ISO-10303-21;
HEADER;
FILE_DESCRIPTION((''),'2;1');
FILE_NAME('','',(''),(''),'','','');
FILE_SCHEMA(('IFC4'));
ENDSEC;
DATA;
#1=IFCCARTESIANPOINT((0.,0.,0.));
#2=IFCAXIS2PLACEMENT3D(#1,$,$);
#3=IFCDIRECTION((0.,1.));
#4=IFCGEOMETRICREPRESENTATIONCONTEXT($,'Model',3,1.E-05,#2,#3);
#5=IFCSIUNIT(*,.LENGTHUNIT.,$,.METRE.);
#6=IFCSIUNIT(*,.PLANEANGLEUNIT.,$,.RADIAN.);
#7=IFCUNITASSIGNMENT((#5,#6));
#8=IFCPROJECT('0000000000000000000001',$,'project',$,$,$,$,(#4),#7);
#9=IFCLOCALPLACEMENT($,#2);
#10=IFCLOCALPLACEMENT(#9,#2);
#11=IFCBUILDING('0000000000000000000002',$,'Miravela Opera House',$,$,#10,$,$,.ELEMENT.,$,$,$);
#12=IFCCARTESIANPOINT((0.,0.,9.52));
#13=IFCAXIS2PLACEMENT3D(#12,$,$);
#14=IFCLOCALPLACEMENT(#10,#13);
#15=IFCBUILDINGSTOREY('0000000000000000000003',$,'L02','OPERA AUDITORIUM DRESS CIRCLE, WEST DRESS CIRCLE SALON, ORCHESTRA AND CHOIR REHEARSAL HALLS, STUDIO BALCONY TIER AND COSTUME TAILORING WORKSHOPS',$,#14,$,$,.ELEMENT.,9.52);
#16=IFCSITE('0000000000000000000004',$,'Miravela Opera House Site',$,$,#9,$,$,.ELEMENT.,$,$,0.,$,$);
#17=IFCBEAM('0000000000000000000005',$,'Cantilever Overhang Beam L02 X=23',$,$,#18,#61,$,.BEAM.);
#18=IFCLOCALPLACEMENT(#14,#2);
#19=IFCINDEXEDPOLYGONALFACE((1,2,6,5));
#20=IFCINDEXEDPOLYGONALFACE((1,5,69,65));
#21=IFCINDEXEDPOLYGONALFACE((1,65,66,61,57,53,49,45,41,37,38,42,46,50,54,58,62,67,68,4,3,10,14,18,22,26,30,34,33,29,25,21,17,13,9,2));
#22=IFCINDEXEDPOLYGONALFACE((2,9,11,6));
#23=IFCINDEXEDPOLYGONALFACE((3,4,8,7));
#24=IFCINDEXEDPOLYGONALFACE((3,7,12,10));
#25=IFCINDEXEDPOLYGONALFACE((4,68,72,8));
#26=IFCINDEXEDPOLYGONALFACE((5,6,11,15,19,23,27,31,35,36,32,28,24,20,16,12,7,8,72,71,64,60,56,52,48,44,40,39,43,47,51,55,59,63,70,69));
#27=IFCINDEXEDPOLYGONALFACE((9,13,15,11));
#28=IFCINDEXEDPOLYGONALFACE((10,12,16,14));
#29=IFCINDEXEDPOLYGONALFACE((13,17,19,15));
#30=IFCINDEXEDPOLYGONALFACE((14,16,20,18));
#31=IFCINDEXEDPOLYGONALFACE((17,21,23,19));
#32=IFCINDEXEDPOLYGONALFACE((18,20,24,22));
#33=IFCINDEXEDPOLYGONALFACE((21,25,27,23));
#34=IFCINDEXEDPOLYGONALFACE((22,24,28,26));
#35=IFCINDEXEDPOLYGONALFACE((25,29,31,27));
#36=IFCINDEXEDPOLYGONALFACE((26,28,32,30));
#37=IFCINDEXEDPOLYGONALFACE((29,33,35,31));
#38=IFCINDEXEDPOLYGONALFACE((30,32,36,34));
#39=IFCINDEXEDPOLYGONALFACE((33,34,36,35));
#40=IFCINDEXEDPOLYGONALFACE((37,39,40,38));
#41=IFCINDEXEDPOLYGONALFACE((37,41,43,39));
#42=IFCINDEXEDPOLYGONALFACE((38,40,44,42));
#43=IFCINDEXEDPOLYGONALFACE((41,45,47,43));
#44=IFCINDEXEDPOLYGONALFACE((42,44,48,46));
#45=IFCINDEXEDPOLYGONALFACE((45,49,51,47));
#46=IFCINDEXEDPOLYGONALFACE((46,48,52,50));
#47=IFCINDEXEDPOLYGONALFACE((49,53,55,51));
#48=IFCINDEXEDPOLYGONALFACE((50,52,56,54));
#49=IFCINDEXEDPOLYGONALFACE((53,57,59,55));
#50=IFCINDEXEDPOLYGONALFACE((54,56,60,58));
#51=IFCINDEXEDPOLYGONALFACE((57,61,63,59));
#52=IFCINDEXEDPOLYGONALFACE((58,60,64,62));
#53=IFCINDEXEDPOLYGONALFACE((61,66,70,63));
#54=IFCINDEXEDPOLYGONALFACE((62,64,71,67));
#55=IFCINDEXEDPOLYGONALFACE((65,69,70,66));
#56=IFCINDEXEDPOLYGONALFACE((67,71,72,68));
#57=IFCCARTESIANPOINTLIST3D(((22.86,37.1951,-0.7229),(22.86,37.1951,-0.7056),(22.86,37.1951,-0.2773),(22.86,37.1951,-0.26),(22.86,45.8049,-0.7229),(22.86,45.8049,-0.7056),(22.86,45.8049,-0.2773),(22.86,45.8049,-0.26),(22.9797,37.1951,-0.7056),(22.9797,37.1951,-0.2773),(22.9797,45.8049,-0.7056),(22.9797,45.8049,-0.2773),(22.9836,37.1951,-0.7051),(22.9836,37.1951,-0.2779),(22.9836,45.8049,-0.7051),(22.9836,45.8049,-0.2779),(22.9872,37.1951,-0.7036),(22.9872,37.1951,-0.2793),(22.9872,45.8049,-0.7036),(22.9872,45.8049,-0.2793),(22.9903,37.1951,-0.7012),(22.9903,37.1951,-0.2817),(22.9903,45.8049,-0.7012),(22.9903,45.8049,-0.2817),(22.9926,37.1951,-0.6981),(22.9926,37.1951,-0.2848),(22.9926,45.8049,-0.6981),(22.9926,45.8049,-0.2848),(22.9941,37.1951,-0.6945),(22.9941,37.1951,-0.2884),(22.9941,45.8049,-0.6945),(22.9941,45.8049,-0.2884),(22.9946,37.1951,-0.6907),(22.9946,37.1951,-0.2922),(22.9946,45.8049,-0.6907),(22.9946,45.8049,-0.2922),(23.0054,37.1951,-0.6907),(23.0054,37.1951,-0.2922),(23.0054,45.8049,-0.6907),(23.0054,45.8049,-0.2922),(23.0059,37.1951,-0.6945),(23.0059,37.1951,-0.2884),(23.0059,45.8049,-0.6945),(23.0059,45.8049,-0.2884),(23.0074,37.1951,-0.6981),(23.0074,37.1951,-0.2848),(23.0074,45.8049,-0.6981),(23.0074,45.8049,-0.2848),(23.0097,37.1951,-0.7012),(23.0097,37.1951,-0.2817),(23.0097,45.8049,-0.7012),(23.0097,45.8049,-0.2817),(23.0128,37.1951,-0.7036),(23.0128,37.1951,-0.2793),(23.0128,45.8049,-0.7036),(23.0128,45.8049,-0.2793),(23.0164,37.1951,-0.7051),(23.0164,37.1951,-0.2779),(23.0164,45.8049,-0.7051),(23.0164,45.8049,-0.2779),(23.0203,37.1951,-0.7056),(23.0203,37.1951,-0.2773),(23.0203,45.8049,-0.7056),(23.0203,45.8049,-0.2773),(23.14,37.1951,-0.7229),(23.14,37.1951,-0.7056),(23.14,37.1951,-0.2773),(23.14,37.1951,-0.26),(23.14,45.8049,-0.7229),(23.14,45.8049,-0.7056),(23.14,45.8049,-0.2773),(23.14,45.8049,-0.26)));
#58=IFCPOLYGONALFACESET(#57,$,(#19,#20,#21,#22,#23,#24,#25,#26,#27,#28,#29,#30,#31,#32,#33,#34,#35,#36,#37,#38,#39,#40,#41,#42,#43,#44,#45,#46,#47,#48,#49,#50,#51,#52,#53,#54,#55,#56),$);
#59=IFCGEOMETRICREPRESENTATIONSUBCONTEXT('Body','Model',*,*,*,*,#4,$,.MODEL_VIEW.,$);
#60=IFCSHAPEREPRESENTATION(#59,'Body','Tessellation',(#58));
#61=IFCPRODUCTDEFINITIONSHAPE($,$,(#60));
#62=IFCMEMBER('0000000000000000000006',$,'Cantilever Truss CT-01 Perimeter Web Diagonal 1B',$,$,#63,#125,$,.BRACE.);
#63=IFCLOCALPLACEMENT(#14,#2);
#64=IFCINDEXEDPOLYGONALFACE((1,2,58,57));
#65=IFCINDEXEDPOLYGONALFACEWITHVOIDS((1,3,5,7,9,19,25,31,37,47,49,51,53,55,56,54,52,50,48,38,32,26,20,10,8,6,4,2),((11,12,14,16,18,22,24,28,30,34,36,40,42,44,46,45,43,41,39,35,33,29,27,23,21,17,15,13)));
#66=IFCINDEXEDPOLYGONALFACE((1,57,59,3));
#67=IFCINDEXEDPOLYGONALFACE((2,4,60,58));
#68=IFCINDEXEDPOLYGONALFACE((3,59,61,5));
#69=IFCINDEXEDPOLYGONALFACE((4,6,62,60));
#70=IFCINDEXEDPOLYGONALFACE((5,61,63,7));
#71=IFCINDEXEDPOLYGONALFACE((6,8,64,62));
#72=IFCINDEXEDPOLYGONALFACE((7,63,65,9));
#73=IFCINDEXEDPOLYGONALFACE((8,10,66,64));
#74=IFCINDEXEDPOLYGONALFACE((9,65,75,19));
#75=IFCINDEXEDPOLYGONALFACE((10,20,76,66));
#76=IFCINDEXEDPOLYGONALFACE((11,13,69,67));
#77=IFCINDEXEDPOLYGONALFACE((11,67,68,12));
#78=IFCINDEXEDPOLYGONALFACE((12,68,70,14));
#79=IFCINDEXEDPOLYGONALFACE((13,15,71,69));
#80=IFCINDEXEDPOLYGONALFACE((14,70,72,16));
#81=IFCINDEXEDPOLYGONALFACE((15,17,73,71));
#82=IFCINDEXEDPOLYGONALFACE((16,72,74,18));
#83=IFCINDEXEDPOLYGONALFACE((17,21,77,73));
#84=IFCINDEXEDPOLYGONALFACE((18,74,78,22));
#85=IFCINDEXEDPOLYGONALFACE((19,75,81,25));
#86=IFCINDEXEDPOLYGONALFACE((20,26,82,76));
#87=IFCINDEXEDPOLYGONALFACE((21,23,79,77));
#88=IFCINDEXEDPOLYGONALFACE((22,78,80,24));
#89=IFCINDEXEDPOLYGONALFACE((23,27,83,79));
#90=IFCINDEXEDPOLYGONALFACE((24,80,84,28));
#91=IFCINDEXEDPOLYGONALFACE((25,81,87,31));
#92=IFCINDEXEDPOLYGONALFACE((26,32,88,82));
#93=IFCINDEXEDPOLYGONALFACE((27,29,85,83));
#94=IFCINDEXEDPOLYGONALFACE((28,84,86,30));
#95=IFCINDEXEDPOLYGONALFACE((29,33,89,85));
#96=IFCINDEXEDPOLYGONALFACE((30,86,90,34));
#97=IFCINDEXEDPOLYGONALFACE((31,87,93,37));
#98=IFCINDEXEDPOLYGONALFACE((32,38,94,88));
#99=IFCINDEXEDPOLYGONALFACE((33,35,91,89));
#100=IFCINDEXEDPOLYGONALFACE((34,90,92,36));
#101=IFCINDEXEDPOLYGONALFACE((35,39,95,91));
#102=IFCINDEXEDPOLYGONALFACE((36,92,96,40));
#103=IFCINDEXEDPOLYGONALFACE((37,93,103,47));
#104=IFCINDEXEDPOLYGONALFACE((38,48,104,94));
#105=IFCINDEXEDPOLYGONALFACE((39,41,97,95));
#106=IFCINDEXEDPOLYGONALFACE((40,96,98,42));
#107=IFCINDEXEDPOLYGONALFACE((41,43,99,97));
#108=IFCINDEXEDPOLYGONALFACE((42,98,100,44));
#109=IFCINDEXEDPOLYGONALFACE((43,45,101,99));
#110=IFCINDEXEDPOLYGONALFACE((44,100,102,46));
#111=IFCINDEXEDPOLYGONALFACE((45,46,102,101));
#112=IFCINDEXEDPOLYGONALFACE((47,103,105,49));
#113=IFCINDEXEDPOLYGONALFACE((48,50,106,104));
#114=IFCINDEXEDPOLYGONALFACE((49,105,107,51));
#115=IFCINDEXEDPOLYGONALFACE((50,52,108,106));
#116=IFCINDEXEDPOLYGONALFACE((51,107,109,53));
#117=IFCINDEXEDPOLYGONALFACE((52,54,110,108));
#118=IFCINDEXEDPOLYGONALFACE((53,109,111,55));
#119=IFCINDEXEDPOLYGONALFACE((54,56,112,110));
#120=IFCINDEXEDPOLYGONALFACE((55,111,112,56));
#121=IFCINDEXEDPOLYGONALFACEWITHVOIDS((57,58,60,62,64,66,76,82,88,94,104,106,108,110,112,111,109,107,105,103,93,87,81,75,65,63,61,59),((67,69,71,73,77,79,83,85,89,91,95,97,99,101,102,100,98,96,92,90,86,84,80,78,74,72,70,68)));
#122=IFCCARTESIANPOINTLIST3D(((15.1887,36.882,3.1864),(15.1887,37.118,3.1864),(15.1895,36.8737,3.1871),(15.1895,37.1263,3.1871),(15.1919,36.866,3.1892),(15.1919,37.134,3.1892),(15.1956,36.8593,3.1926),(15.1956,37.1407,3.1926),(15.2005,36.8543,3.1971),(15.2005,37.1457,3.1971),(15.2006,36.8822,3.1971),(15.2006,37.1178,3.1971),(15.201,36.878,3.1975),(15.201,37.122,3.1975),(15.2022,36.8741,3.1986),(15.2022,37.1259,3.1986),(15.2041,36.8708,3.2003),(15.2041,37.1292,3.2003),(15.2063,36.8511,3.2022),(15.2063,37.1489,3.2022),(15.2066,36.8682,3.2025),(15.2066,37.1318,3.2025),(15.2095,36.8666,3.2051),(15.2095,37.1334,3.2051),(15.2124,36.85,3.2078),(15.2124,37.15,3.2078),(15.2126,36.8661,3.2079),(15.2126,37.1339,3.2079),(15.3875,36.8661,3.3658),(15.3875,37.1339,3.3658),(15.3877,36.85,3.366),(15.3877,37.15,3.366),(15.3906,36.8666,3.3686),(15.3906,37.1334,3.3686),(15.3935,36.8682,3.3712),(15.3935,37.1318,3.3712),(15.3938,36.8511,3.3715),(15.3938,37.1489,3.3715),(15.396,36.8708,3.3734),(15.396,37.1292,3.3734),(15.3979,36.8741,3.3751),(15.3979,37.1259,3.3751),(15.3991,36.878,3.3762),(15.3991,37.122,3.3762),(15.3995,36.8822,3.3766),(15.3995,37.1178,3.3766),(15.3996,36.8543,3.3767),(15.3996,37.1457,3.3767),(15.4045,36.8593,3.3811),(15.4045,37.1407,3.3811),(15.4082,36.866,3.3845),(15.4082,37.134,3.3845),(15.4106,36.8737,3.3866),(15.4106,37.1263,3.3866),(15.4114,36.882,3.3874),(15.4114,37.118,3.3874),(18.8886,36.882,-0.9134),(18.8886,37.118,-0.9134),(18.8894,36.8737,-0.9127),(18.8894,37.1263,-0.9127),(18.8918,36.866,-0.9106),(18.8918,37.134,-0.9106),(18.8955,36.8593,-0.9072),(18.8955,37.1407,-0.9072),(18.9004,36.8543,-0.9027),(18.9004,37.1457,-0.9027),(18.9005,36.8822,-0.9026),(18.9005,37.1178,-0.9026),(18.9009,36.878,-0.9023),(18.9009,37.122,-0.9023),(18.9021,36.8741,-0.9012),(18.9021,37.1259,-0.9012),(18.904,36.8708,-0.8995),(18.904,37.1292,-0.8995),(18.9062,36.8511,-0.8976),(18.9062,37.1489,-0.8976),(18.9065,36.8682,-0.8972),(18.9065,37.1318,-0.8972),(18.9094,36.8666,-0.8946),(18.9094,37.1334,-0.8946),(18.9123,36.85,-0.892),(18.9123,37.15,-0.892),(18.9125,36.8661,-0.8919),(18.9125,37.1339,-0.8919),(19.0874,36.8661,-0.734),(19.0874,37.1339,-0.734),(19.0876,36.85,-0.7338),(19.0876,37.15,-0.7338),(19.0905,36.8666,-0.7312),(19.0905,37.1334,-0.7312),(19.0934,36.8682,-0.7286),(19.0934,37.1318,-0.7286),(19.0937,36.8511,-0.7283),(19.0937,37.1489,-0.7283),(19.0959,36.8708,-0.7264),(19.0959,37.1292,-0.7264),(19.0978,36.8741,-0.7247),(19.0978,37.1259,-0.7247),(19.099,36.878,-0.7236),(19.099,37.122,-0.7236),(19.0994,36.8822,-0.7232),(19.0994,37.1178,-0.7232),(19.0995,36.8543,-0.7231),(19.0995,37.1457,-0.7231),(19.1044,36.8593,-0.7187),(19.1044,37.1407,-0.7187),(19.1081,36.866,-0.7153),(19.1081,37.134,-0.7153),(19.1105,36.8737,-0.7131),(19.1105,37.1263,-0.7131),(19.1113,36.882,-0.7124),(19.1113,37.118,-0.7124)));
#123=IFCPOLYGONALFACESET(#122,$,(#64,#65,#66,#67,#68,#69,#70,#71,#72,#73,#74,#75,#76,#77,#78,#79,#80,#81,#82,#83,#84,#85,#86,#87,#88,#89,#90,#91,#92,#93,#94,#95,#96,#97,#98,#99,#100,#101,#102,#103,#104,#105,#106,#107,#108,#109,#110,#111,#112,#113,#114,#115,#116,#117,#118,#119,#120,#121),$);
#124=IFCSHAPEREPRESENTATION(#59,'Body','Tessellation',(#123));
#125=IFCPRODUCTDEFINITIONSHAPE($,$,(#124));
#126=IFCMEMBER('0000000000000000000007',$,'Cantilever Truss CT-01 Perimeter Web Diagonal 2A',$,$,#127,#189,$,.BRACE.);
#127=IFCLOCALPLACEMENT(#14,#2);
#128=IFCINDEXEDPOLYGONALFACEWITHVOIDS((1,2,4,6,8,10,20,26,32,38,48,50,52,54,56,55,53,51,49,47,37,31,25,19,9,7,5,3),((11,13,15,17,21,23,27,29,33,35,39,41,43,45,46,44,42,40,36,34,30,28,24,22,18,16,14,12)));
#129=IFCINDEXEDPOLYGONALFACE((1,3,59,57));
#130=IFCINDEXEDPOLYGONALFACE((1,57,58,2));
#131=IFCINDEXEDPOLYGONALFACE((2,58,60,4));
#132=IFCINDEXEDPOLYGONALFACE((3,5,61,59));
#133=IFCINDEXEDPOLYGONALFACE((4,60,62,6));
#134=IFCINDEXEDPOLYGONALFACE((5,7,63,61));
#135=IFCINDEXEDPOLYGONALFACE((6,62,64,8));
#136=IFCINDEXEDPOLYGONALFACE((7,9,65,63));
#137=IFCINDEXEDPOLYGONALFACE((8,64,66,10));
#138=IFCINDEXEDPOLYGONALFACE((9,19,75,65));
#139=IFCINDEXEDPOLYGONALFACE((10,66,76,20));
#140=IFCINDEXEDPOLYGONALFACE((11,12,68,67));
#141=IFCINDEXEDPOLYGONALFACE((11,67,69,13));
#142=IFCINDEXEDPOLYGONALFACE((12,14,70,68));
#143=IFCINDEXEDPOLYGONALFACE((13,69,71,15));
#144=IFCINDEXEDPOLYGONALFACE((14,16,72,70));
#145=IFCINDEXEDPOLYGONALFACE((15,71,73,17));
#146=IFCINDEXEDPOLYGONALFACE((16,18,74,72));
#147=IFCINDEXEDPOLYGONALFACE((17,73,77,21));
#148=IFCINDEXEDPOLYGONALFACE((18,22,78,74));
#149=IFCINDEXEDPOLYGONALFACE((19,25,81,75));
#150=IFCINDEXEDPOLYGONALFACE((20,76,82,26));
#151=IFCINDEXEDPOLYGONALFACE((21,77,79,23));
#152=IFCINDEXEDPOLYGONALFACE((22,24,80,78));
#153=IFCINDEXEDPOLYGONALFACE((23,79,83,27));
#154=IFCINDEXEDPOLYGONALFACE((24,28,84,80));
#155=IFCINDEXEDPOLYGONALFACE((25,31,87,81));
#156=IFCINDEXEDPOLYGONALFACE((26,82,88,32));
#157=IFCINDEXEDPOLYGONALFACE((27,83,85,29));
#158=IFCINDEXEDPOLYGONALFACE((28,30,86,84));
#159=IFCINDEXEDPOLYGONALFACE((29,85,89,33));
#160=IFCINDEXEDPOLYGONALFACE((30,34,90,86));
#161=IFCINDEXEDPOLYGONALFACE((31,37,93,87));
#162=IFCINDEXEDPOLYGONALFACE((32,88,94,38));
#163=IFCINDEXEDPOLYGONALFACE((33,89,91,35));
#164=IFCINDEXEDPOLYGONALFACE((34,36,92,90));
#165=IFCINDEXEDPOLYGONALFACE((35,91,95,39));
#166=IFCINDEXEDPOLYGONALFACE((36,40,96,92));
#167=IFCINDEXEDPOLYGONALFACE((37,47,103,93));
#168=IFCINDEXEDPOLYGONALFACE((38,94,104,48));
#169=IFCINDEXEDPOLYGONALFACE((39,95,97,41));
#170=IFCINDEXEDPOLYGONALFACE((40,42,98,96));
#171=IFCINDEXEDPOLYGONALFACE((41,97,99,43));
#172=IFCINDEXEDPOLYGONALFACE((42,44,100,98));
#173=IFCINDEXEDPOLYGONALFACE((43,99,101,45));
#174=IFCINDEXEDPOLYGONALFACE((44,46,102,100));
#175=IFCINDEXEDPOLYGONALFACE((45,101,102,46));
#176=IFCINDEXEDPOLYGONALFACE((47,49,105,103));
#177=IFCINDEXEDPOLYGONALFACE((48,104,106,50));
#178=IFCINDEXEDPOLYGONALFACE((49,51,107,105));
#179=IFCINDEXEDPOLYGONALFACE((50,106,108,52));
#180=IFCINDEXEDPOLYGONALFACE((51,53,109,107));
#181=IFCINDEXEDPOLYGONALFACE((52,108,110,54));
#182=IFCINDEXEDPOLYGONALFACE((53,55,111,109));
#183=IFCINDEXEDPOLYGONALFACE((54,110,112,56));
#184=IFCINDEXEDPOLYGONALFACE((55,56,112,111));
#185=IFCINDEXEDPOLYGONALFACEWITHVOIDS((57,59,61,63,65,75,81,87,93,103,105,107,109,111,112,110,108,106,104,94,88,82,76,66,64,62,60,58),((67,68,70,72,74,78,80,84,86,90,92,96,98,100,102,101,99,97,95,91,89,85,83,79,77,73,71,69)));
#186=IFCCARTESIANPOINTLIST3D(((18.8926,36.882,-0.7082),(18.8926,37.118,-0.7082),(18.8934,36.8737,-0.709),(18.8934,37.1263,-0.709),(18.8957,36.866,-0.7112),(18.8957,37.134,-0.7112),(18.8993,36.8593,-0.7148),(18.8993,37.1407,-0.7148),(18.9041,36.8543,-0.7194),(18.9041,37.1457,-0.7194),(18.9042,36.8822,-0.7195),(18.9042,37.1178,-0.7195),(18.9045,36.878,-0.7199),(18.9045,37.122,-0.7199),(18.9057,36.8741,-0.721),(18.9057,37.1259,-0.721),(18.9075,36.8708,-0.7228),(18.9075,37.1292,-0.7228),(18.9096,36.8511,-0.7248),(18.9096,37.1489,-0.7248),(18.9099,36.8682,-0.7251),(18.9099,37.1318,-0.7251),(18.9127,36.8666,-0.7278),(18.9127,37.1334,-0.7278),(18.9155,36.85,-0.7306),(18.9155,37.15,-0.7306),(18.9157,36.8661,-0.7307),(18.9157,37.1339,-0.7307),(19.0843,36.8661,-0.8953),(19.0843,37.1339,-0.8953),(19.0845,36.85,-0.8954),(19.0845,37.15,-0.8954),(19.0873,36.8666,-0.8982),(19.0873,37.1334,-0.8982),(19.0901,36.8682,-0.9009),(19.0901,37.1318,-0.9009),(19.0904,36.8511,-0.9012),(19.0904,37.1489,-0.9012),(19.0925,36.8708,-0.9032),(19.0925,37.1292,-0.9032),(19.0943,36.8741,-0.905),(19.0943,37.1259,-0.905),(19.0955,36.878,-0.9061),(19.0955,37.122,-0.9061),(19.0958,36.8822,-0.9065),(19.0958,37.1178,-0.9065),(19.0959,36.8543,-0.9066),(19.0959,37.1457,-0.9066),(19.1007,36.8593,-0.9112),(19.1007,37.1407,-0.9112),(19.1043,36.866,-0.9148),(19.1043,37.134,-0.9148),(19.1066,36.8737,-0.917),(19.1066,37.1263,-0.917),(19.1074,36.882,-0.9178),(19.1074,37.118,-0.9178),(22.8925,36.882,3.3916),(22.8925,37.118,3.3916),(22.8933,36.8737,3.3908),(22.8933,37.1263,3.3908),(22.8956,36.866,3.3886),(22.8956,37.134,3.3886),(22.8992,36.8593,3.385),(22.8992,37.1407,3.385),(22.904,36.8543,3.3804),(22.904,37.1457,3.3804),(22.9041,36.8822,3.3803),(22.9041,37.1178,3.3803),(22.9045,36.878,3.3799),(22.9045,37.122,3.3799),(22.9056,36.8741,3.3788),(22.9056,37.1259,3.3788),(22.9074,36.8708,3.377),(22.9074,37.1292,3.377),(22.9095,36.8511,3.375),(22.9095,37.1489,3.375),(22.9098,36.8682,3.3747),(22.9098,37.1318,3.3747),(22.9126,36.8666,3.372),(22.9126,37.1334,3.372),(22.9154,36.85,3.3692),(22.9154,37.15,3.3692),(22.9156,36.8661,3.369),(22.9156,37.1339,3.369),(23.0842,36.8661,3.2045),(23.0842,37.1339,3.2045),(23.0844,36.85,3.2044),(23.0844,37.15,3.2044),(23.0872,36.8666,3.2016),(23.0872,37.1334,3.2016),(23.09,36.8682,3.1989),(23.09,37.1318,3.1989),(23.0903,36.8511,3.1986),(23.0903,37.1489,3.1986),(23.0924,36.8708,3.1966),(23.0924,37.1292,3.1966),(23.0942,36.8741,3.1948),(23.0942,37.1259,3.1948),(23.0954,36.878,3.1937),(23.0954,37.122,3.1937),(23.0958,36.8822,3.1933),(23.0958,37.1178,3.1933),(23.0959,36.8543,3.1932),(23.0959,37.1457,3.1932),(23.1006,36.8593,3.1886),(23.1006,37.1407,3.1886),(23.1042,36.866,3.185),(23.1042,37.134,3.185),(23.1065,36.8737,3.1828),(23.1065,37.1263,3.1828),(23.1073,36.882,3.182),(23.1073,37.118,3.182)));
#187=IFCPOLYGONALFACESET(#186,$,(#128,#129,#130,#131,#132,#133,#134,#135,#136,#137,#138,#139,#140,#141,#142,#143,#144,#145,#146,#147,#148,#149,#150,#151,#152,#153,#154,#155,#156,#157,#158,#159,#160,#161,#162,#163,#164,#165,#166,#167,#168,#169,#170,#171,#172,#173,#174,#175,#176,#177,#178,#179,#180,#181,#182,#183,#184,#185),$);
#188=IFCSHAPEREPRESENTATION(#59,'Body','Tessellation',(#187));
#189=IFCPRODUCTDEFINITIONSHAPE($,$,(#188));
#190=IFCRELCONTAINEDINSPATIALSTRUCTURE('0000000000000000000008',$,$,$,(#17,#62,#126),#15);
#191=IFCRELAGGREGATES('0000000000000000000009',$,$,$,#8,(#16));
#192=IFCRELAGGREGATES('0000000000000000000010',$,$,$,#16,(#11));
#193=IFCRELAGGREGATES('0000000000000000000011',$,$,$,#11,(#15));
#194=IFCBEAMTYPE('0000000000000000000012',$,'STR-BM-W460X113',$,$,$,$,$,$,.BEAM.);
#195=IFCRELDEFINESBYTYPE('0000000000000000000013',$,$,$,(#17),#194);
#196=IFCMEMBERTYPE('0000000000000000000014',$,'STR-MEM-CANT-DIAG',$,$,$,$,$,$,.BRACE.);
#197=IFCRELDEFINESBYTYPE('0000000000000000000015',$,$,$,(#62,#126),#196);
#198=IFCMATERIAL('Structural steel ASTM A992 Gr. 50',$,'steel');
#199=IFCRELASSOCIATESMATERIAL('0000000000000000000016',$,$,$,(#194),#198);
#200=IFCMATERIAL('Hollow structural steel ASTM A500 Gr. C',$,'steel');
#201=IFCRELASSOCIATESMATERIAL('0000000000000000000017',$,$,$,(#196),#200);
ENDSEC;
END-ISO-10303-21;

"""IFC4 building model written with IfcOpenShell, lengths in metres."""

from ifc_helpers import new_model, si_unit, direction, frame, origin, origin_2d, place, context, subcontext, project, spatial, hollow_rectangle, i_section, extrude, material, material_profile, profile_set, type_object, element, save


model = new_model("IFC4")

# Units and contexts
model_context = context("Model", 3, precision=1e-05, world=origin(), true_north=direction((0.0, 1.0)))
body_context = subcontext(model_context, "Body", "Model", "MODEL_VIEW")
ifc_project = project(units=[si_unit("LENGTHUNIT", "METRE"), si_unit("PLANEANGLEUNIT", "RADIAN")], contexts=[model_context])

# Site, building, storey
site_placement = place(None, origin())
site = spatial("IfcSite", under=ifc_project, at=site_placement, Name="Miravela Opera House Site", CompositionType="ELEMENT", RefElevation=0.0)
building_placement = place(site_placement, origin())
building = spatial("IfcBuilding", under=site, at=building_placement, Name="Miravela Opera House", CompositionType="ELEMENT")
storey_placement = place(building_placement, frame((0.0, 0.0, 9.52)))
storey = spatial("IfcBuildingStorey", under=building, at=storey_placement, Name="L02", Description="OPERA AUDITORIUM DRESS CIRCLE, WEST DRESS CIRCLE SALON, ORCHESTRA AND CHOIR REHEARSAL HALLS, STUDIO BALCONY TIER AND COSTUME TAILORING WORKSHOPS", CompositionType="ELEMENT", Elevation=9.52)

# Beam
ifc_material_1 = material(Name="Structural steel ASTM A992 Gr. 50", Category="steel")
ifc_material_profile_1 = material_profile(ifc_material_1, i_section(OverallWidth=0.28, OverallDepth=0.4629, WebThickness=0.0107, FlangeThickness=0.0173, FilletRadius=0.0149, at=origin_2d()), Name="W460X113")
ifc_profile_set_1 = profile_set([ifc_material_profile_1])
beam_type_1 = type_object("IfcBeamType", Name="STR-BM-W460X113", PredefinedType="BEAM", material=ifc_profile_set_1)
for number, where, z_axis, x_axis, name in (
    (1, (23.0, 37.1951, -0.4915), (0.0, 1.0, 0.0), (-1.0, 0.0, 0.0), "Cantilever Overhang Beam L02 X=23"),
):
    element("IfcBeam", number, at=place(storey_placement, frame(where, z_axis=z_axis, x_axis=x_axis)), inside=storey, type_object=beam_type_1, Name=name, PredefinedType="BEAM", context=body_context, shape_type="SweptSolid", body=[
        extrude(i_section(OverallWidth=0.28, OverallDepth=0.4629, WebThickness=0.0107, FlangeThickness=0.0173, FilletRadius=0.0149, at=origin_2d()), origin(), (0.0, 0.0, 1.0), 8.6099),
    ])

# Members
ifc_material_2 = material(Name="Hollow structural steel ASTM A500 Gr. C", Category="steel")
ifc_material_profile_2 = material_profile(ifc_material_2, hollow_rectangle(XDim=0.3, YDim=0.3, WallThickness=0.0161, InnerFilletRadius=0.0161, OuterFilletRadius=0.032, at=origin_2d()), Name="HSS300X300X16")
ifc_profile_set_2 = profile_set([ifc_material_profile_2])
member_type_1 = type_object("IfcMemberType", Name="STR-MEM-CANT-DIAG", PredefinedType="BRACE", material=ifc_profile_set_2)
member_placement = place(storey_placement, frame((15.3, 37.0, 3.2869), z_axis=(0.669973, 0.0, -0.742386), x_axis=(0.0, 1.0, 0.0)))
element("IfcMember", 2, at=member_placement, inside=storey, type_object=member_type_1, Name="Cantilever Truss CT-01 Perimeter Web Diagonal 1B", PredefinedType="BRACE", context=body_context, shape_type="SweptSolid", body=[
    extrude(hollow_rectangle(XDim=0.3, YDim=0.3, WallThickness=0.0161, InnerFilletRadius=0.0161, OuterFilletRadius=0.032, at=origin_2d()), origin(), (0.0, 0.0, 1.0), 5.5225),
])
for number, where, z_axis, x_axis, name in (
    (3, (19.0, 37.0, -0.813), (0.698337, 0.0, 0.715769), (0.0, 1.0, 0.0), "Cantilever Truss CT-01 Perimeter Web Diagonal 2A"),
):
    element("IfcMember", number, at=place(storey_placement, frame(where, z_axis=z_axis, x_axis=x_axis)), inside=storey, type_object=member_type_1, Name=name, PredefinedType="BRACE", context=body_context, shape_type="SweptSolid", body=[
        extrude(hollow_rectangle(XDim=0.3, YDim=0.3, WallThickness=0.0161, InnerFilletRadius=0.0161, OuterFilletRadius=0.032, at=origin_2d()), origin(), (0.0, 0.0, 1.0), 5.7278),
    ])

save(model, "model.ifc")
